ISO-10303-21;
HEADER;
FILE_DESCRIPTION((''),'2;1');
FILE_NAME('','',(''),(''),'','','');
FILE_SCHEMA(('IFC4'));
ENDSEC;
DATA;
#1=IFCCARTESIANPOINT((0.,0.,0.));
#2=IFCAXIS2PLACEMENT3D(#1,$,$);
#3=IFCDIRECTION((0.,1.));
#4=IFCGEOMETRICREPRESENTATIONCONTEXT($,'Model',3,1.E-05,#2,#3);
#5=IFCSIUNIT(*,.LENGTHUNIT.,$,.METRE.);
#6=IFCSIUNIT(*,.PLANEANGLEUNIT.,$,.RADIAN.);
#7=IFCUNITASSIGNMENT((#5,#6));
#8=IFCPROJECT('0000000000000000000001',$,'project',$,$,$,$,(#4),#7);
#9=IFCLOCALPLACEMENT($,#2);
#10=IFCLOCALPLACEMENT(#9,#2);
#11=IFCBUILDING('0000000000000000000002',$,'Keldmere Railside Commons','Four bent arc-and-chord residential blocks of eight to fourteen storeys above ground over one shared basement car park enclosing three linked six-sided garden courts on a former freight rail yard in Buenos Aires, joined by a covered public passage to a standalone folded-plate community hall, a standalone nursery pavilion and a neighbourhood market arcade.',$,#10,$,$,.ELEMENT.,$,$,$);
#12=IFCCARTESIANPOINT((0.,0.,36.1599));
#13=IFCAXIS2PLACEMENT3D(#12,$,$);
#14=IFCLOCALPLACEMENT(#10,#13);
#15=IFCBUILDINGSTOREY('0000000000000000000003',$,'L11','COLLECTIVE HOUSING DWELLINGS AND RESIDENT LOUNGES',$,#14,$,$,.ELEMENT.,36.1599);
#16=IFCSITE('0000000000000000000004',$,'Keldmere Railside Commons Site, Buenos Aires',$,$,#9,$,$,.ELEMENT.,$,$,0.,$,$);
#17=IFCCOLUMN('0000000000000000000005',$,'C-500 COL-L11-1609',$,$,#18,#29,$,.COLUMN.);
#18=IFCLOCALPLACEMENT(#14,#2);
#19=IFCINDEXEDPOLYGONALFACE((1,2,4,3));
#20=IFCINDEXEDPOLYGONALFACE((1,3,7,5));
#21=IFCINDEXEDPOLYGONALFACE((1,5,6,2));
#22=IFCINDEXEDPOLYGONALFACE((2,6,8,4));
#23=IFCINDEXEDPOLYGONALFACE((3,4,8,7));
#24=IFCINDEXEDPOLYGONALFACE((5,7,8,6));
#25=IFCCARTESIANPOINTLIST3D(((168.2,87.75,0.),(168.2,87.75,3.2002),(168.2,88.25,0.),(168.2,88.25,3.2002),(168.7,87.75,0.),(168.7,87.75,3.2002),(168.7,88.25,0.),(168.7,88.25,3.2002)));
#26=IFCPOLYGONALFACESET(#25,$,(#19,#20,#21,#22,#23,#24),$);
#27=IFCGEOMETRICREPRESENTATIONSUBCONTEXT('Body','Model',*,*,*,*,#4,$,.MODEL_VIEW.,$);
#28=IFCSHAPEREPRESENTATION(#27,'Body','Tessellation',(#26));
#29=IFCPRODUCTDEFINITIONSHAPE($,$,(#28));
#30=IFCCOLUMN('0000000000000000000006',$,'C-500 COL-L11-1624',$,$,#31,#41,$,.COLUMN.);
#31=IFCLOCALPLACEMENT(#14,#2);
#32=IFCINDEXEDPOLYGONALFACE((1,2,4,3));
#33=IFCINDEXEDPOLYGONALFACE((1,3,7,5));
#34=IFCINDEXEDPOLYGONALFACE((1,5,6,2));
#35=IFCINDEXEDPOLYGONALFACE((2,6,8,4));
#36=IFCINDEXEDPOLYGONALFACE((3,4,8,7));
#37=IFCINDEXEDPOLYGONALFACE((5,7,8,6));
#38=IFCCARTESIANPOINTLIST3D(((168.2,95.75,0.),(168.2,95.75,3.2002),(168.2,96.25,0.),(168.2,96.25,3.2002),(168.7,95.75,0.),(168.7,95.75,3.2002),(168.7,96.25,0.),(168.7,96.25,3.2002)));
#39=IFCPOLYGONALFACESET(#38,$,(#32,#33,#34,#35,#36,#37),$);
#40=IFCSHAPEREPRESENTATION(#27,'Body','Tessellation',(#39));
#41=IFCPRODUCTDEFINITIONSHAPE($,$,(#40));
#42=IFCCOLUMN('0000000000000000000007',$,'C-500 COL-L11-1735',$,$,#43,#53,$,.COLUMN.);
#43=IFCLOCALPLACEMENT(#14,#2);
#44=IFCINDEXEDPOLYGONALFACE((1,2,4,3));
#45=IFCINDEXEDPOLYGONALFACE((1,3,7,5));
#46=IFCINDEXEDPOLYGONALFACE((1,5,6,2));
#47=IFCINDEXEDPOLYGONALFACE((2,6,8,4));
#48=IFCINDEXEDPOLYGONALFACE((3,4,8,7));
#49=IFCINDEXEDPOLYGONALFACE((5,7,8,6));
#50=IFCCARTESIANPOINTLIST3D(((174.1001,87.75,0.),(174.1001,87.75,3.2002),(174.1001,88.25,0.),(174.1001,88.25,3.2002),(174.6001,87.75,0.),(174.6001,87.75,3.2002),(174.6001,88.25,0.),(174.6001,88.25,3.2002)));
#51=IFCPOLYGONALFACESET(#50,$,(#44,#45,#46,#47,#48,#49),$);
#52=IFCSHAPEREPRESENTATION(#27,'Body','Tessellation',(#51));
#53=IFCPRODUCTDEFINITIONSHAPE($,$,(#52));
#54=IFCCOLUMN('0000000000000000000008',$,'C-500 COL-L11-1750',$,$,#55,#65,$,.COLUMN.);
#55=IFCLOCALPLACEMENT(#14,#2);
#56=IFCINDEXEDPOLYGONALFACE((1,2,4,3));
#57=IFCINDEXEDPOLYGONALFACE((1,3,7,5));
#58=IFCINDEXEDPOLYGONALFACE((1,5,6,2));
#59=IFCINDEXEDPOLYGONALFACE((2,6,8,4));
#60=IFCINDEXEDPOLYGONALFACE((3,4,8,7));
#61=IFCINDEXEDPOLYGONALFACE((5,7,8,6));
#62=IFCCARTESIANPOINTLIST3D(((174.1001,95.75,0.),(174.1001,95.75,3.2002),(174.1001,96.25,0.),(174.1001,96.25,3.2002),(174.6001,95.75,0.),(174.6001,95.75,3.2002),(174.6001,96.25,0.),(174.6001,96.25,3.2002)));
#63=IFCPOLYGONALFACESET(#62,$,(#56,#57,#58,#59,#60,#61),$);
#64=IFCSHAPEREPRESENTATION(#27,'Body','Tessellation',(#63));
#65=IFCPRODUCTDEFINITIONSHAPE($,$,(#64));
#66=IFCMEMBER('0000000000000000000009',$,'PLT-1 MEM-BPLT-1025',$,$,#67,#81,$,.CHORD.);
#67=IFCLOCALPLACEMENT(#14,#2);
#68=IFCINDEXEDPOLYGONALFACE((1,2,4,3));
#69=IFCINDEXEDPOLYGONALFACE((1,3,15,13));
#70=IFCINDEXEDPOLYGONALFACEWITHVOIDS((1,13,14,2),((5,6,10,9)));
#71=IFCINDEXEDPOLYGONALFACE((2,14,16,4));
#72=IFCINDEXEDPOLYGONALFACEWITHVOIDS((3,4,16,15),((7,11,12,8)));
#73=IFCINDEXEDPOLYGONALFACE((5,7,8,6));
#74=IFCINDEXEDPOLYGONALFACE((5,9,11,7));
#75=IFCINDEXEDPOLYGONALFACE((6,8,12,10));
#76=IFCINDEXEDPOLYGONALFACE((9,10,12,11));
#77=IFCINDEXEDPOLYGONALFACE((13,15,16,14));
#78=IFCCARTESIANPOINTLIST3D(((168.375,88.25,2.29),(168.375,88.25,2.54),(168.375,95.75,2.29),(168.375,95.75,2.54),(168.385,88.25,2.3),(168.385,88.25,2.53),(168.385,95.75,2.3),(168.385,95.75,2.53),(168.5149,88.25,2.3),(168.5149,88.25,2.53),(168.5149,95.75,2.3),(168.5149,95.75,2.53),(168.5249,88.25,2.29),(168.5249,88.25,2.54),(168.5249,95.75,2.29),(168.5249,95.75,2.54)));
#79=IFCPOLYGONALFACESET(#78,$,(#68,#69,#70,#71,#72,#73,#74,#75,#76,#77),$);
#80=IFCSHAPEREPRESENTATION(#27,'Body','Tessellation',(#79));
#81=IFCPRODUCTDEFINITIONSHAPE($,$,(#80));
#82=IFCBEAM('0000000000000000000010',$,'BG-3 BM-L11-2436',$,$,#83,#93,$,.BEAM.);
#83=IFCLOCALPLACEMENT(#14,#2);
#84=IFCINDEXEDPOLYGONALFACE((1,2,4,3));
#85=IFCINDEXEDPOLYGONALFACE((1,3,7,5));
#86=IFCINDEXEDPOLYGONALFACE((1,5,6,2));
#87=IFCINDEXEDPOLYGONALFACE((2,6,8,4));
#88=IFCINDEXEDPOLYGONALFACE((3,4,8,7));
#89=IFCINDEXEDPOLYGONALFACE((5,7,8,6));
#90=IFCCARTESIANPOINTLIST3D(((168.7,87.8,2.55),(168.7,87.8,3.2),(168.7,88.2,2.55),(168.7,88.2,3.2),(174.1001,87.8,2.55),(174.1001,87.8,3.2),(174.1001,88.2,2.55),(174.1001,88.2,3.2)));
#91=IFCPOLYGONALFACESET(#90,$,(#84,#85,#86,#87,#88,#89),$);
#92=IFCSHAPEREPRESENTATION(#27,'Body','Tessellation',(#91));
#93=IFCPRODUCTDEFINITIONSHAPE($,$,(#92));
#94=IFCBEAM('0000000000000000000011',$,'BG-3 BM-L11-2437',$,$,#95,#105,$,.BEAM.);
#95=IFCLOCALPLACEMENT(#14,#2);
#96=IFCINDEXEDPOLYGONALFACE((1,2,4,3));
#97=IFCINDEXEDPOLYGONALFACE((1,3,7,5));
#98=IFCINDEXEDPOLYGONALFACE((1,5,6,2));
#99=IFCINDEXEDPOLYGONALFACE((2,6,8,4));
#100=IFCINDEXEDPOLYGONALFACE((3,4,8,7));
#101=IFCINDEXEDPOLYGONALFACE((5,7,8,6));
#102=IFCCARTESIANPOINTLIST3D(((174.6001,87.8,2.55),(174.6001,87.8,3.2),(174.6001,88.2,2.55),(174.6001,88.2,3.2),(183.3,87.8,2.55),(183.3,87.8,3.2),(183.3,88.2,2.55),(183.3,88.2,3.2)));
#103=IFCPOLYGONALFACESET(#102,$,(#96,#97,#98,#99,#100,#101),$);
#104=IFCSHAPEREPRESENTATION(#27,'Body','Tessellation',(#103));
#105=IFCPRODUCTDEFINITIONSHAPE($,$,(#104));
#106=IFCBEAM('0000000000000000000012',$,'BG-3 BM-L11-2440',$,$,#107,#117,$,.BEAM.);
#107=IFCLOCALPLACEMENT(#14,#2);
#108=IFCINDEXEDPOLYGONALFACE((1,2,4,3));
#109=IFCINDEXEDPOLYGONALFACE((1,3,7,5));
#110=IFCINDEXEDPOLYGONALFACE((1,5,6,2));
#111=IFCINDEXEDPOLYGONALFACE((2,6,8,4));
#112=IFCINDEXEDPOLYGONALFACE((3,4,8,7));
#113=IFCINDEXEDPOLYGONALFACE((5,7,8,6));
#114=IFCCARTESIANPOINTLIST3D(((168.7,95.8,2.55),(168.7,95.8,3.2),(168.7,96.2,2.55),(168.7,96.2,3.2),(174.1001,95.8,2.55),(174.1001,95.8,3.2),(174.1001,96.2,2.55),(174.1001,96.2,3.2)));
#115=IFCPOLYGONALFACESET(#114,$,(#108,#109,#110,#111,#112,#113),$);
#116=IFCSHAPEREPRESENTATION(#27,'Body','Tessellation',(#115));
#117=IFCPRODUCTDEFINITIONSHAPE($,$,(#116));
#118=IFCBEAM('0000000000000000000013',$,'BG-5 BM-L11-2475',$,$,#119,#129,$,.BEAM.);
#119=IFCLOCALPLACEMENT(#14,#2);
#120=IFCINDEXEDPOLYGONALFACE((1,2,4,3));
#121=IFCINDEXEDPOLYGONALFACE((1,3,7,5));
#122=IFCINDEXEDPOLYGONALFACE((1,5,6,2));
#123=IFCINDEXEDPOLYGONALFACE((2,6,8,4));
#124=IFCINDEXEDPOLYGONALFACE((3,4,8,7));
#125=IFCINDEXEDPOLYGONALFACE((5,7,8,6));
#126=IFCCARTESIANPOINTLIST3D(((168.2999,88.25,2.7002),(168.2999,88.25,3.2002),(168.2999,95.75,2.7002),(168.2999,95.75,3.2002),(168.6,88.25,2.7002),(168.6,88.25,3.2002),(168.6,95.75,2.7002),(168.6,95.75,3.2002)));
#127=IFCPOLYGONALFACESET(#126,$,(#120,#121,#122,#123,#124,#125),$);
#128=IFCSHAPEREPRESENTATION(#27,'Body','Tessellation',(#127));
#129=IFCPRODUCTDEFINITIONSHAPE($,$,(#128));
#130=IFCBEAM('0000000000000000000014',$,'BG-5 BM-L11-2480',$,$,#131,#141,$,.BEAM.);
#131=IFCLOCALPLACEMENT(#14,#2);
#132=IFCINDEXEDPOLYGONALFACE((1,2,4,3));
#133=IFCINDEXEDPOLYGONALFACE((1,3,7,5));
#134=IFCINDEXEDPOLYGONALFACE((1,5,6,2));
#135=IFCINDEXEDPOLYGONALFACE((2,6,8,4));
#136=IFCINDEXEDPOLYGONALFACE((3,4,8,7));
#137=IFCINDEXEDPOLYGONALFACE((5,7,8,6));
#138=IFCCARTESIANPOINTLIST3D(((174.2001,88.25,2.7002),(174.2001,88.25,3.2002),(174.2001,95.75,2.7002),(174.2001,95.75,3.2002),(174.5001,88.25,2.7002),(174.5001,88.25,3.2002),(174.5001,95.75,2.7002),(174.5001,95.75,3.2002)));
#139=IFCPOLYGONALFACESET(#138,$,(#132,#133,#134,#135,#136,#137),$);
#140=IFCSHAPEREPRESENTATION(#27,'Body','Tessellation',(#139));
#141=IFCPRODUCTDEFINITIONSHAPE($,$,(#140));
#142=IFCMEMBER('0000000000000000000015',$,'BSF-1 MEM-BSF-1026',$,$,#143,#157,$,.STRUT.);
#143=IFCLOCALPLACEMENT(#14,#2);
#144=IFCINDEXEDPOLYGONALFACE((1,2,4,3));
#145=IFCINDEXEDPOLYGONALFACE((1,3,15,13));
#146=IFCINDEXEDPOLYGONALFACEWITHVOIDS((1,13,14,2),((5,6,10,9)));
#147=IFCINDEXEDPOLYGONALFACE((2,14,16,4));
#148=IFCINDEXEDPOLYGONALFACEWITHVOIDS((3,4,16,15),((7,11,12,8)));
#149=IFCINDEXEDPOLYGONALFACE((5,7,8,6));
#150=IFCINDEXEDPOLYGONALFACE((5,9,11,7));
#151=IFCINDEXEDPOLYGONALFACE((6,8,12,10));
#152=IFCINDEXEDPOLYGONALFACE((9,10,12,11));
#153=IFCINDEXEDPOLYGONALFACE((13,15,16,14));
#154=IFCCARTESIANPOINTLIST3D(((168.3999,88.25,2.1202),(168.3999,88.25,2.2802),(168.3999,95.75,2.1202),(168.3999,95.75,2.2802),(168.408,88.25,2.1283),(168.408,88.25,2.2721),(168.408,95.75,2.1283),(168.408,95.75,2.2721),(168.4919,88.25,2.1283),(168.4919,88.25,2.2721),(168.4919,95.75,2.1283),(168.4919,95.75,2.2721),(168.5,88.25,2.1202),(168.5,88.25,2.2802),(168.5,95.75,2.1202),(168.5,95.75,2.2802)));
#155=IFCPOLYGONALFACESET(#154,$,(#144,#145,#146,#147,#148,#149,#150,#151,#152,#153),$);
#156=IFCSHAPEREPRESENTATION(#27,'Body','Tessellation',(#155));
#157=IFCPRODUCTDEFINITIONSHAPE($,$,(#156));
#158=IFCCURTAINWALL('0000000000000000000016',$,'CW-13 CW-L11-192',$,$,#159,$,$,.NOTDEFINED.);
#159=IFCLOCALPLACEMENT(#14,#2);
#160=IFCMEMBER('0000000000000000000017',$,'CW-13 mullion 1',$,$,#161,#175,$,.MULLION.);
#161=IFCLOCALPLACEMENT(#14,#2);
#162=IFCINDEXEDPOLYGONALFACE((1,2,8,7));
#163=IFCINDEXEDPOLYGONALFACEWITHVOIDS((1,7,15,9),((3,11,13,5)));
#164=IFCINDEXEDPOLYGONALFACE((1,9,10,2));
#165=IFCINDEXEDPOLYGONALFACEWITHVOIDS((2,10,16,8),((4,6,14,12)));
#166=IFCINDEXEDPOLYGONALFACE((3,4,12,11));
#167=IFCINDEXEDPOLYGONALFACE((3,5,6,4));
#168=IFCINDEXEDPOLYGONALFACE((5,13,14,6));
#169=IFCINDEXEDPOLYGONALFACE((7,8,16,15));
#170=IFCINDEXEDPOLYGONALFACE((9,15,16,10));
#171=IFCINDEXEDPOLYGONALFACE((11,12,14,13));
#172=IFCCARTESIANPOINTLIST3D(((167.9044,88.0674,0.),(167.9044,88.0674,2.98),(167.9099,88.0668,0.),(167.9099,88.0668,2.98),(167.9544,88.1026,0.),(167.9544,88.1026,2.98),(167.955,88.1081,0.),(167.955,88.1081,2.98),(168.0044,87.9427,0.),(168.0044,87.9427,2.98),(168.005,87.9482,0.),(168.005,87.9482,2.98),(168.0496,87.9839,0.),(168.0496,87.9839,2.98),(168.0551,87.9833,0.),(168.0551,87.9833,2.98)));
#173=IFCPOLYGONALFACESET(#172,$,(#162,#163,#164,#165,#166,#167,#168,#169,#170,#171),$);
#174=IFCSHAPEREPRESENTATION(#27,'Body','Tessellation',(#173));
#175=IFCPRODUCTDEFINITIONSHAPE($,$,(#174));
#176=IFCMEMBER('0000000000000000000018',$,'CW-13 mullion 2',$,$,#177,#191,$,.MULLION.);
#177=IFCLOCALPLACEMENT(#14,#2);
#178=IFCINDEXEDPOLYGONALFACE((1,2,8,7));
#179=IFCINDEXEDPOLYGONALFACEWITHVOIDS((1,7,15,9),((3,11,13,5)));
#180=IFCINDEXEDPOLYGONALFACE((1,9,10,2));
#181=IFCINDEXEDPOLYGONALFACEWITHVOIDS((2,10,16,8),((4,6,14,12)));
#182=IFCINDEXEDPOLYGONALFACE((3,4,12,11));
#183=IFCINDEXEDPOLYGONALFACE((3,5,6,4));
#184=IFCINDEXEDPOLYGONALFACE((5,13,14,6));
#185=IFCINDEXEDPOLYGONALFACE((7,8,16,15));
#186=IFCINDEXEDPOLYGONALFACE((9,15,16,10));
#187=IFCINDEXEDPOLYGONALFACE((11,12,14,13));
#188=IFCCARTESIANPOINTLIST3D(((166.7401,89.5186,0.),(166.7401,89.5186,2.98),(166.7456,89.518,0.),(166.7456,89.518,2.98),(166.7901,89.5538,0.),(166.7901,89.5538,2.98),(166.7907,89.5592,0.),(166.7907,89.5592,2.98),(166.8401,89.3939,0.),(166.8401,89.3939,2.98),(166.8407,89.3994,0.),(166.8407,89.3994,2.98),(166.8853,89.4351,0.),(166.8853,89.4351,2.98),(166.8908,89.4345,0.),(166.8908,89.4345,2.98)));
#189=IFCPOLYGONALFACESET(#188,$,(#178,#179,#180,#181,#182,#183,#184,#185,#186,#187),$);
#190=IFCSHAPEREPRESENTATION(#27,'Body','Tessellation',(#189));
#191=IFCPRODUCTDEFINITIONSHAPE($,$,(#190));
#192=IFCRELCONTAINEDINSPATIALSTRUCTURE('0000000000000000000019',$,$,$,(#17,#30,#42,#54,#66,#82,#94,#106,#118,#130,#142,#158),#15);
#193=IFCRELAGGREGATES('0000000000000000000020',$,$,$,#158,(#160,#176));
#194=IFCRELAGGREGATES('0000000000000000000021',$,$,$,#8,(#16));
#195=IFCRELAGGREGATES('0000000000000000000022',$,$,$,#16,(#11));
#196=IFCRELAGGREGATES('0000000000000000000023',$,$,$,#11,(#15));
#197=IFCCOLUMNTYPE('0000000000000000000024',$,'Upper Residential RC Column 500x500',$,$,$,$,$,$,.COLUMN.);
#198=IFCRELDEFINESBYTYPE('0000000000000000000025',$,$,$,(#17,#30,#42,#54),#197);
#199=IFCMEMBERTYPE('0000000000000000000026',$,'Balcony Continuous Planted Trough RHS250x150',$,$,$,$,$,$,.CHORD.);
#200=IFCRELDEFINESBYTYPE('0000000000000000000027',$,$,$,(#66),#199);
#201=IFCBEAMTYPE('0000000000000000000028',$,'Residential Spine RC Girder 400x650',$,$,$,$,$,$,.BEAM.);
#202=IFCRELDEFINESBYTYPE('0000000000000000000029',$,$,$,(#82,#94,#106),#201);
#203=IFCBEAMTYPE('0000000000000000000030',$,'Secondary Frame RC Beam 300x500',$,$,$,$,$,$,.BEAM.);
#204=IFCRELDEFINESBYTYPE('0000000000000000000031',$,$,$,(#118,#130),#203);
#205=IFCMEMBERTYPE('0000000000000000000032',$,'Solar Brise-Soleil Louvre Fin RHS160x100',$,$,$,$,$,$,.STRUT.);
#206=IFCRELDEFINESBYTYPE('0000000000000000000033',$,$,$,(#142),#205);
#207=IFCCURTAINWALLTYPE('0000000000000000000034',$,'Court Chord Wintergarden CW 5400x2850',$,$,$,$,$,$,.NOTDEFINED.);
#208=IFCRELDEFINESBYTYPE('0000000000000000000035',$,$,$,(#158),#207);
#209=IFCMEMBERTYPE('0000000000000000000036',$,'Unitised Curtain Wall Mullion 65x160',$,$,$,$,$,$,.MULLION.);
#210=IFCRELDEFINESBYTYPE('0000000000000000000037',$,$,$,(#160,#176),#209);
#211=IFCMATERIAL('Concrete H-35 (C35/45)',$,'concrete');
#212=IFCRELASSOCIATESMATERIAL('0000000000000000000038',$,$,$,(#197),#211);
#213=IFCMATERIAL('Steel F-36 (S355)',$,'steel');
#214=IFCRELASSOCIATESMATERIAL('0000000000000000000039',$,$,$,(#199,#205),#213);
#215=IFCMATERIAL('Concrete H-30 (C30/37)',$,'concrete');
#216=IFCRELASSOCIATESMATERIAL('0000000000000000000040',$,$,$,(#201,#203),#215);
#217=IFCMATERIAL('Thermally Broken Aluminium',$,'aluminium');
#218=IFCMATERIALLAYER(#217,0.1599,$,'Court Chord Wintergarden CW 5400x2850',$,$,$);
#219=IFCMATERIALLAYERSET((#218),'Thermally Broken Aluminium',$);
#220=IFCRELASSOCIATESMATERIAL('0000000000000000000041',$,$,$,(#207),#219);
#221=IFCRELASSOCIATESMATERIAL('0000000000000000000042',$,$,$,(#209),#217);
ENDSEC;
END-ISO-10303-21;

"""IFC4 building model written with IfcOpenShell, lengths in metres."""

from ifc_helpers import new_model, si_unit, direction, frame, origin, origin_2d, place, context, subcontext, project, spatial, rectangle, hollow_rectangle, extrude, material, layer, layer_set, material_profile, profile_set, type_object, element, aggregate, save


model = new_model("IFC4")

# Units and contexts
model_context = context("Model", 3, precision=1e-05, world=origin(), true_north=direction((0.0, 1.0)))
body_context = subcontext(model_context, "Body", "Model", "MODEL_VIEW")
ifc_project = project(units=[si_unit("LENGTHUNIT", "METRE"), si_unit("PLANEANGLEUNIT", "RADIAN")], contexts=[model_context])

# Site, building, storey
site_placement = place(None, origin())
site = spatial("IfcSite", under=ifc_project, at=site_placement, Name="Keldmere Railside Commons Site, Buenos Aires", CompositionType="ELEMENT", RefElevation=0.0)
building_placement = place(site_placement, origin())
building = spatial("IfcBuilding", under=site, at=building_placement, Name="Keldmere Railside Commons", Description="Four bent arc-and-chord residential blocks of eight to fourteen storeys above ground over one shared basement car park enclosing three linked six-sided garden courts on a former freight rail yard in Buenos Aires, joined by a covered public passage to a standalone folded-plate community hall, a standalone nursery pavilion and a neighbourhood market arcade.", CompositionType="ELEMENT")
storey_placement = place(building_placement, frame((0.0, 0.0, 36.1599)))
storey = spatial("IfcBuildingStorey", under=building, at=storey_placement, Name="L11", Description="COLLECTIVE HOUSING DWELLINGS AND RESIDENT LOUNGES", CompositionType="ELEMENT", Elevation=36.1599)

# Columns
ifc_material_1 = material(Name="Concrete H-35 (C35/45)", Category="concrete")
ifc_material_profile_1 = material_profile(ifc_material_1, rectangle(XDim=0.5, YDim=0.5, at=origin_2d()), Name="RC-500x500")
ifc_profile_set_1 = profile_set([ifc_material_profile_1], Name="Concrete H-35 (C35/45)")
column_type = type_object("IfcColumnType", Name="Upper Residential RC Column 500x500", PredefinedType="COLUMN", material=ifc_profile_set_1)
for number, where, z_axis, x_axis, name in (
    (1, (168.45, 88.0, 0.0), (0.0, 0.0, 1.0), (1.0, 0.0, 0.0), "C-500 COL-L11-1609"),
    (2, (168.45, 96.0, 0.0), (0.0, 0.0, 1.0), (1.0, 0.0, 0.0), "C-500 COL-L11-1624"),
    (3, (174.3501, 88.0, 0.0), (0.0, 0.0, 1.0), (1.0, 0.0, 0.0), "C-500 COL-L11-1735"),
    (4, (174.3501, 96.0, 0.0), (0.0, 0.0, 1.0), (1.0, 0.0, 0.0), "C-500 COL-L11-1750"),
):
    element("IfcColumn", number, at=place(storey_placement, frame(where, z_axis=z_axis, x_axis=x_axis)), inside=storey, type_object=column_type, Name=name, PredefinedType="COLUMN", context=body_context, shape_type="SweptSolid", body=[
        extrude(rectangle(XDim=0.5, YDim=0.5, at=origin_2d()), origin(), (0.0, 0.0, 1.0), 3.2002),
    ])

# Member
ifc_material_2 = material(Name="Steel F-36 (S355)", Category="steel")
ifc_material_profile_2 = material_profile(ifc_material_2, hollow_rectangle(XDim=0.1499, YDim=0.25, WallThickness=0.01, at=origin_2d()), Name="RHS-250x150x10")
ifc_profile_set_2 = profile_set([ifc_material_profile_2], Name="Steel F-36 (S355)")
member_type_1 = type_object("IfcMemberType", Name="Balcony Continuous Planted Trough RHS250x150", PredefinedType="CHORD", material=ifc_profile_set_2)
member_1_placement = place(storey_placement, frame((168.45, 88.25, 2.415), z_axis=(0.0, 1.0, 0.0), x_axis=(-1.0, 0.0, 0.0)))
element("IfcMember", 5, at=member_1_placement, inside=storey, type_object=member_type_1, Name="PLT-1 MEM-BPLT-1025", PredefinedType="CHORD", context=body_context, shape_type="SweptSolid", body=[
    extrude(hollow_rectangle(XDim=0.1499, YDim=0.25, WallThickness=0.01, at=origin_2d()), origin(), (0.0, 0.0, 1.0), 7.5),
])

# Beams
ifc_material_3 = material(Name="Concrete H-30 (C30/37)", Category="concrete")
ifc_material_profile_3 = material_profile(ifc_material_3, rectangle(XDim=0.3999, YDim=0.6499, at=origin_2d()), Name="RC-400x650")
ifc_profile_set_3 = profile_set([ifc_material_profile_3], Name="Concrete H-30 (C30/37)")
beam_type_1 = type_object("IfcBeamType", Name="Residential Spine RC Girder 400x650", PredefinedType="BEAM", material=ifc_profile_set_3)
beam_1_placement = place(storey_placement, frame((168.7, 88.0, 2.875), z_axis=(1.0, 0.0, 0.0), x_axis=(0.0, 1.0, 0.0)))
element("IfcBeam", 6, at=beam_1_placement, inside=storey, type_object=beam_type_1, Name="BG-3 BM-L11-2436", PredefinedType="BEAM", context=body_context, shape_type="SweptSolid", body=[
    extrude(rectangle(XDim=0.3999, YDim=0.6499, at=origin_2d()), origin(), (0.0, 0.0, 1.0), 5.4001),
])
beam_2_placement = place(storey_placement, frame((174.6001, 88.0, 2.875), z_axis=(1.0, 0.0, 0.0), x_axis=(0.0, 1.0, 0.0)))
element("IfcBeam", 7, at=beam_2_placement, inside=storey, type_object=beam_type_1, Name="BG-3 BM-L11-2437", PredefinedType="BEAM", context=body_context, shape_type="SweptSolid", body=[
    extrude(rectangle(XDim=0.3999, YDim=0.6499, at=origin_2d()), origin(), (0.0, 0.0, 1.0), 8.7),
])
beam_3_placement = place(storey_placement, frame((168.7, 96.0, 2.875), z_axis=(1.0, 0.0, 0.0), x_axis=(0.0, 1.0, 0.0)))
element("IfcBeam", 8, at=beam_3_placement, inside=storey, type_object=beam_type_1, Name="BG-3 BM-L11-2440", PredefinedType="BEAM", context=body_context, shape_type="SweptSolid", body=[
    extrude(rectangle(XDim=0.3999, YDim=0.6499, at=origin_2d()), origin(), (0.0, 0.0, 1.0), 5.4001),
])
ifc_material_profile_4 = material_profile(ifc_material_3, rectangle(XDim=0.3, YDim=0.5, at=origin_2d()), Name="RC-300x500")
ifc_profile_set_4 = profile_set([ifc_material_profile_4], Name="Concrete H-30 (C30/37)")
beam_type_2 = type_object("IfcBeamType", Name="Secondary Frame RC Beam 300x500", PredefinedType="BEAM", material=ifc_profile_set_4)
for number, where, z_axis, x_axis, name in (
    (9, (168.45, 88.25, 2.9502), (0.0, 1.0, 0.0), (-1.0, 0.0, 0.0), "BG-5 BM-L11-2475"),
    (10, (174.3501, 88.25, 2.9502), (0.0, 1.0, 0.0), (-1.0, 0.0, 0.0), "BG-5 BM-L11-2480"),
):
    element("IfcBeam", number, at=place(storey_placement, frame(where, z_axis=z_axis, x_axis=x_axis)), inside=storey, type_object=beam_type_2, Name=name, PredefinedType="BEAM", context=body_context, shape_type="SweptSolid", body=[
        extrude(rectangle(XDim=0.3, YDim=0.5, at=origin_2d()), origin(), (0.0, 0.0, 1.0), 7.5),
    ])

# Member
ifc_material_profile_5 = material_profile(ifc_material_2, hollow_rectangle(XDim=0.1001, YDim=0.1599, WallThickness=0.0081, at=origin_2d()), Name="RHS-160x100x8")
ifc_profile_set_5 = profile_set([ifc_material_profile_5], Name="Steel F-36 (S355)")
member_type_2 = type_object("IfcMemberType", Name="Solar Brise-Soleil Louvre Fin RHS160x100", PredefinedType="STRUT", material=ifc_profile_set_5)
member_2_placement = place(storey_placement, frame((168.45, 88.25, 2.2002), z_axis=(0.0, 1.0, 0.0), x_axis=(-1.0, 0.0, 0.0)))
element("IfcMember", 11, at=member_2_placement, inside=storey, type_object=member_type_2, Name="BSF-1 MEM-BSF-1026", PredefinedType="STRUT", context=body_context, shape_type="SweptSolid", body=[
    extrude(hollow_rectangle(XDim=0.1001, YDim=0.1599, WallThickness=0.0081, at=origin_2d()), origin(), (0.0, 0.0, 1.0), 7.5),
])

# Curtain wall, members
ifc_material_4 = material(Name="Thermally Broken Aluminium", Category="aluminium")
ifc_layer_1 = layer(ifc_material_4, 0.1599, Name="Court Chord Wintergarden CW 5400x2850")
ifc_layer_set_1 = layer_set([ifc_layer_1], Name="Thermally Broken Aluminium")
curtain_wall_type = type_object("IfcCurtainWallType", Name="Court Chord Wintergarden CW 5400x2850", PredefinedType="NOTDEFINED", material=ifc_layer_set_1)
curtain_wall_placement = place(storey_placement, origin())
curtain_wall = element("IfcCurtainWall", 12, at=curtain_wall_placement, inside=storey, type_object=curtain_wall_type, Name="CW-13 CW-L11-192", PredefinedType="NOTDEFINED")
ifc_material_profile_6 = material_profile(ifc_material_4, hollow_rectangle(XDim=0.0649, YDim=0.1599, WallThickness=0.0039, at=origin_2d()), Name="ALU-MULL-65x160")
ifc_profile_set_6 = profile_set([ifc_material_profile_6], Name="Thermally Broken Aluminium")
member_type_3 = type_object("IfcMemberType", Name="Unitised Curtain Wall Mullion 65x160", PredefinedType="MULLION", material=ifc_profile_set_6)
member_3_placement = place(storey_placement, frame((167.9797, 88.0254, 0.0), z_axis=(0.0, 0.0, 1.0), x_axis=(-0.780009, -0.625768, 0.0)))
member_3 = element("IfcMember", 13, at=member_3_placement, type_object=member_type_3, Name="CW-13 mullion 1", PredefinedType="MULLION", context=body_context, shape_type="SweptSolid", body=[
    extrude(hollow_rectangle(XDim=0.0649, YDim=0.1599, WallThickness=0.0039, at=origin_2d()), origin(), (0.0, 0.0, 1.0), 2.98),
])
member_4_placement = place(storey_placement, frame((166.8154, 89.4766, 0.0), z_axis=(0.0, 0.0, 1.0), x_axis=(-0.780009, -0.625768, 0.0)))
member_4 = element("IfcMember", 14, at=member_4_placement, type_object=member_type_3, Name="CW-13 mullion 2", PredefinedType="MULLION", context=body_context, shape_type="SweptSolid", body=[
    extrude(hollow_rectangle(XDim=0.0649, YDim=0.1599, WallThickness=0.0039, at=origin_2d()), origin(), (0.0, 0.0, 1.0), 2.98),
])
aggregate(curtain_wall, [member_3, member_4])

save(model, "model.ifc")
